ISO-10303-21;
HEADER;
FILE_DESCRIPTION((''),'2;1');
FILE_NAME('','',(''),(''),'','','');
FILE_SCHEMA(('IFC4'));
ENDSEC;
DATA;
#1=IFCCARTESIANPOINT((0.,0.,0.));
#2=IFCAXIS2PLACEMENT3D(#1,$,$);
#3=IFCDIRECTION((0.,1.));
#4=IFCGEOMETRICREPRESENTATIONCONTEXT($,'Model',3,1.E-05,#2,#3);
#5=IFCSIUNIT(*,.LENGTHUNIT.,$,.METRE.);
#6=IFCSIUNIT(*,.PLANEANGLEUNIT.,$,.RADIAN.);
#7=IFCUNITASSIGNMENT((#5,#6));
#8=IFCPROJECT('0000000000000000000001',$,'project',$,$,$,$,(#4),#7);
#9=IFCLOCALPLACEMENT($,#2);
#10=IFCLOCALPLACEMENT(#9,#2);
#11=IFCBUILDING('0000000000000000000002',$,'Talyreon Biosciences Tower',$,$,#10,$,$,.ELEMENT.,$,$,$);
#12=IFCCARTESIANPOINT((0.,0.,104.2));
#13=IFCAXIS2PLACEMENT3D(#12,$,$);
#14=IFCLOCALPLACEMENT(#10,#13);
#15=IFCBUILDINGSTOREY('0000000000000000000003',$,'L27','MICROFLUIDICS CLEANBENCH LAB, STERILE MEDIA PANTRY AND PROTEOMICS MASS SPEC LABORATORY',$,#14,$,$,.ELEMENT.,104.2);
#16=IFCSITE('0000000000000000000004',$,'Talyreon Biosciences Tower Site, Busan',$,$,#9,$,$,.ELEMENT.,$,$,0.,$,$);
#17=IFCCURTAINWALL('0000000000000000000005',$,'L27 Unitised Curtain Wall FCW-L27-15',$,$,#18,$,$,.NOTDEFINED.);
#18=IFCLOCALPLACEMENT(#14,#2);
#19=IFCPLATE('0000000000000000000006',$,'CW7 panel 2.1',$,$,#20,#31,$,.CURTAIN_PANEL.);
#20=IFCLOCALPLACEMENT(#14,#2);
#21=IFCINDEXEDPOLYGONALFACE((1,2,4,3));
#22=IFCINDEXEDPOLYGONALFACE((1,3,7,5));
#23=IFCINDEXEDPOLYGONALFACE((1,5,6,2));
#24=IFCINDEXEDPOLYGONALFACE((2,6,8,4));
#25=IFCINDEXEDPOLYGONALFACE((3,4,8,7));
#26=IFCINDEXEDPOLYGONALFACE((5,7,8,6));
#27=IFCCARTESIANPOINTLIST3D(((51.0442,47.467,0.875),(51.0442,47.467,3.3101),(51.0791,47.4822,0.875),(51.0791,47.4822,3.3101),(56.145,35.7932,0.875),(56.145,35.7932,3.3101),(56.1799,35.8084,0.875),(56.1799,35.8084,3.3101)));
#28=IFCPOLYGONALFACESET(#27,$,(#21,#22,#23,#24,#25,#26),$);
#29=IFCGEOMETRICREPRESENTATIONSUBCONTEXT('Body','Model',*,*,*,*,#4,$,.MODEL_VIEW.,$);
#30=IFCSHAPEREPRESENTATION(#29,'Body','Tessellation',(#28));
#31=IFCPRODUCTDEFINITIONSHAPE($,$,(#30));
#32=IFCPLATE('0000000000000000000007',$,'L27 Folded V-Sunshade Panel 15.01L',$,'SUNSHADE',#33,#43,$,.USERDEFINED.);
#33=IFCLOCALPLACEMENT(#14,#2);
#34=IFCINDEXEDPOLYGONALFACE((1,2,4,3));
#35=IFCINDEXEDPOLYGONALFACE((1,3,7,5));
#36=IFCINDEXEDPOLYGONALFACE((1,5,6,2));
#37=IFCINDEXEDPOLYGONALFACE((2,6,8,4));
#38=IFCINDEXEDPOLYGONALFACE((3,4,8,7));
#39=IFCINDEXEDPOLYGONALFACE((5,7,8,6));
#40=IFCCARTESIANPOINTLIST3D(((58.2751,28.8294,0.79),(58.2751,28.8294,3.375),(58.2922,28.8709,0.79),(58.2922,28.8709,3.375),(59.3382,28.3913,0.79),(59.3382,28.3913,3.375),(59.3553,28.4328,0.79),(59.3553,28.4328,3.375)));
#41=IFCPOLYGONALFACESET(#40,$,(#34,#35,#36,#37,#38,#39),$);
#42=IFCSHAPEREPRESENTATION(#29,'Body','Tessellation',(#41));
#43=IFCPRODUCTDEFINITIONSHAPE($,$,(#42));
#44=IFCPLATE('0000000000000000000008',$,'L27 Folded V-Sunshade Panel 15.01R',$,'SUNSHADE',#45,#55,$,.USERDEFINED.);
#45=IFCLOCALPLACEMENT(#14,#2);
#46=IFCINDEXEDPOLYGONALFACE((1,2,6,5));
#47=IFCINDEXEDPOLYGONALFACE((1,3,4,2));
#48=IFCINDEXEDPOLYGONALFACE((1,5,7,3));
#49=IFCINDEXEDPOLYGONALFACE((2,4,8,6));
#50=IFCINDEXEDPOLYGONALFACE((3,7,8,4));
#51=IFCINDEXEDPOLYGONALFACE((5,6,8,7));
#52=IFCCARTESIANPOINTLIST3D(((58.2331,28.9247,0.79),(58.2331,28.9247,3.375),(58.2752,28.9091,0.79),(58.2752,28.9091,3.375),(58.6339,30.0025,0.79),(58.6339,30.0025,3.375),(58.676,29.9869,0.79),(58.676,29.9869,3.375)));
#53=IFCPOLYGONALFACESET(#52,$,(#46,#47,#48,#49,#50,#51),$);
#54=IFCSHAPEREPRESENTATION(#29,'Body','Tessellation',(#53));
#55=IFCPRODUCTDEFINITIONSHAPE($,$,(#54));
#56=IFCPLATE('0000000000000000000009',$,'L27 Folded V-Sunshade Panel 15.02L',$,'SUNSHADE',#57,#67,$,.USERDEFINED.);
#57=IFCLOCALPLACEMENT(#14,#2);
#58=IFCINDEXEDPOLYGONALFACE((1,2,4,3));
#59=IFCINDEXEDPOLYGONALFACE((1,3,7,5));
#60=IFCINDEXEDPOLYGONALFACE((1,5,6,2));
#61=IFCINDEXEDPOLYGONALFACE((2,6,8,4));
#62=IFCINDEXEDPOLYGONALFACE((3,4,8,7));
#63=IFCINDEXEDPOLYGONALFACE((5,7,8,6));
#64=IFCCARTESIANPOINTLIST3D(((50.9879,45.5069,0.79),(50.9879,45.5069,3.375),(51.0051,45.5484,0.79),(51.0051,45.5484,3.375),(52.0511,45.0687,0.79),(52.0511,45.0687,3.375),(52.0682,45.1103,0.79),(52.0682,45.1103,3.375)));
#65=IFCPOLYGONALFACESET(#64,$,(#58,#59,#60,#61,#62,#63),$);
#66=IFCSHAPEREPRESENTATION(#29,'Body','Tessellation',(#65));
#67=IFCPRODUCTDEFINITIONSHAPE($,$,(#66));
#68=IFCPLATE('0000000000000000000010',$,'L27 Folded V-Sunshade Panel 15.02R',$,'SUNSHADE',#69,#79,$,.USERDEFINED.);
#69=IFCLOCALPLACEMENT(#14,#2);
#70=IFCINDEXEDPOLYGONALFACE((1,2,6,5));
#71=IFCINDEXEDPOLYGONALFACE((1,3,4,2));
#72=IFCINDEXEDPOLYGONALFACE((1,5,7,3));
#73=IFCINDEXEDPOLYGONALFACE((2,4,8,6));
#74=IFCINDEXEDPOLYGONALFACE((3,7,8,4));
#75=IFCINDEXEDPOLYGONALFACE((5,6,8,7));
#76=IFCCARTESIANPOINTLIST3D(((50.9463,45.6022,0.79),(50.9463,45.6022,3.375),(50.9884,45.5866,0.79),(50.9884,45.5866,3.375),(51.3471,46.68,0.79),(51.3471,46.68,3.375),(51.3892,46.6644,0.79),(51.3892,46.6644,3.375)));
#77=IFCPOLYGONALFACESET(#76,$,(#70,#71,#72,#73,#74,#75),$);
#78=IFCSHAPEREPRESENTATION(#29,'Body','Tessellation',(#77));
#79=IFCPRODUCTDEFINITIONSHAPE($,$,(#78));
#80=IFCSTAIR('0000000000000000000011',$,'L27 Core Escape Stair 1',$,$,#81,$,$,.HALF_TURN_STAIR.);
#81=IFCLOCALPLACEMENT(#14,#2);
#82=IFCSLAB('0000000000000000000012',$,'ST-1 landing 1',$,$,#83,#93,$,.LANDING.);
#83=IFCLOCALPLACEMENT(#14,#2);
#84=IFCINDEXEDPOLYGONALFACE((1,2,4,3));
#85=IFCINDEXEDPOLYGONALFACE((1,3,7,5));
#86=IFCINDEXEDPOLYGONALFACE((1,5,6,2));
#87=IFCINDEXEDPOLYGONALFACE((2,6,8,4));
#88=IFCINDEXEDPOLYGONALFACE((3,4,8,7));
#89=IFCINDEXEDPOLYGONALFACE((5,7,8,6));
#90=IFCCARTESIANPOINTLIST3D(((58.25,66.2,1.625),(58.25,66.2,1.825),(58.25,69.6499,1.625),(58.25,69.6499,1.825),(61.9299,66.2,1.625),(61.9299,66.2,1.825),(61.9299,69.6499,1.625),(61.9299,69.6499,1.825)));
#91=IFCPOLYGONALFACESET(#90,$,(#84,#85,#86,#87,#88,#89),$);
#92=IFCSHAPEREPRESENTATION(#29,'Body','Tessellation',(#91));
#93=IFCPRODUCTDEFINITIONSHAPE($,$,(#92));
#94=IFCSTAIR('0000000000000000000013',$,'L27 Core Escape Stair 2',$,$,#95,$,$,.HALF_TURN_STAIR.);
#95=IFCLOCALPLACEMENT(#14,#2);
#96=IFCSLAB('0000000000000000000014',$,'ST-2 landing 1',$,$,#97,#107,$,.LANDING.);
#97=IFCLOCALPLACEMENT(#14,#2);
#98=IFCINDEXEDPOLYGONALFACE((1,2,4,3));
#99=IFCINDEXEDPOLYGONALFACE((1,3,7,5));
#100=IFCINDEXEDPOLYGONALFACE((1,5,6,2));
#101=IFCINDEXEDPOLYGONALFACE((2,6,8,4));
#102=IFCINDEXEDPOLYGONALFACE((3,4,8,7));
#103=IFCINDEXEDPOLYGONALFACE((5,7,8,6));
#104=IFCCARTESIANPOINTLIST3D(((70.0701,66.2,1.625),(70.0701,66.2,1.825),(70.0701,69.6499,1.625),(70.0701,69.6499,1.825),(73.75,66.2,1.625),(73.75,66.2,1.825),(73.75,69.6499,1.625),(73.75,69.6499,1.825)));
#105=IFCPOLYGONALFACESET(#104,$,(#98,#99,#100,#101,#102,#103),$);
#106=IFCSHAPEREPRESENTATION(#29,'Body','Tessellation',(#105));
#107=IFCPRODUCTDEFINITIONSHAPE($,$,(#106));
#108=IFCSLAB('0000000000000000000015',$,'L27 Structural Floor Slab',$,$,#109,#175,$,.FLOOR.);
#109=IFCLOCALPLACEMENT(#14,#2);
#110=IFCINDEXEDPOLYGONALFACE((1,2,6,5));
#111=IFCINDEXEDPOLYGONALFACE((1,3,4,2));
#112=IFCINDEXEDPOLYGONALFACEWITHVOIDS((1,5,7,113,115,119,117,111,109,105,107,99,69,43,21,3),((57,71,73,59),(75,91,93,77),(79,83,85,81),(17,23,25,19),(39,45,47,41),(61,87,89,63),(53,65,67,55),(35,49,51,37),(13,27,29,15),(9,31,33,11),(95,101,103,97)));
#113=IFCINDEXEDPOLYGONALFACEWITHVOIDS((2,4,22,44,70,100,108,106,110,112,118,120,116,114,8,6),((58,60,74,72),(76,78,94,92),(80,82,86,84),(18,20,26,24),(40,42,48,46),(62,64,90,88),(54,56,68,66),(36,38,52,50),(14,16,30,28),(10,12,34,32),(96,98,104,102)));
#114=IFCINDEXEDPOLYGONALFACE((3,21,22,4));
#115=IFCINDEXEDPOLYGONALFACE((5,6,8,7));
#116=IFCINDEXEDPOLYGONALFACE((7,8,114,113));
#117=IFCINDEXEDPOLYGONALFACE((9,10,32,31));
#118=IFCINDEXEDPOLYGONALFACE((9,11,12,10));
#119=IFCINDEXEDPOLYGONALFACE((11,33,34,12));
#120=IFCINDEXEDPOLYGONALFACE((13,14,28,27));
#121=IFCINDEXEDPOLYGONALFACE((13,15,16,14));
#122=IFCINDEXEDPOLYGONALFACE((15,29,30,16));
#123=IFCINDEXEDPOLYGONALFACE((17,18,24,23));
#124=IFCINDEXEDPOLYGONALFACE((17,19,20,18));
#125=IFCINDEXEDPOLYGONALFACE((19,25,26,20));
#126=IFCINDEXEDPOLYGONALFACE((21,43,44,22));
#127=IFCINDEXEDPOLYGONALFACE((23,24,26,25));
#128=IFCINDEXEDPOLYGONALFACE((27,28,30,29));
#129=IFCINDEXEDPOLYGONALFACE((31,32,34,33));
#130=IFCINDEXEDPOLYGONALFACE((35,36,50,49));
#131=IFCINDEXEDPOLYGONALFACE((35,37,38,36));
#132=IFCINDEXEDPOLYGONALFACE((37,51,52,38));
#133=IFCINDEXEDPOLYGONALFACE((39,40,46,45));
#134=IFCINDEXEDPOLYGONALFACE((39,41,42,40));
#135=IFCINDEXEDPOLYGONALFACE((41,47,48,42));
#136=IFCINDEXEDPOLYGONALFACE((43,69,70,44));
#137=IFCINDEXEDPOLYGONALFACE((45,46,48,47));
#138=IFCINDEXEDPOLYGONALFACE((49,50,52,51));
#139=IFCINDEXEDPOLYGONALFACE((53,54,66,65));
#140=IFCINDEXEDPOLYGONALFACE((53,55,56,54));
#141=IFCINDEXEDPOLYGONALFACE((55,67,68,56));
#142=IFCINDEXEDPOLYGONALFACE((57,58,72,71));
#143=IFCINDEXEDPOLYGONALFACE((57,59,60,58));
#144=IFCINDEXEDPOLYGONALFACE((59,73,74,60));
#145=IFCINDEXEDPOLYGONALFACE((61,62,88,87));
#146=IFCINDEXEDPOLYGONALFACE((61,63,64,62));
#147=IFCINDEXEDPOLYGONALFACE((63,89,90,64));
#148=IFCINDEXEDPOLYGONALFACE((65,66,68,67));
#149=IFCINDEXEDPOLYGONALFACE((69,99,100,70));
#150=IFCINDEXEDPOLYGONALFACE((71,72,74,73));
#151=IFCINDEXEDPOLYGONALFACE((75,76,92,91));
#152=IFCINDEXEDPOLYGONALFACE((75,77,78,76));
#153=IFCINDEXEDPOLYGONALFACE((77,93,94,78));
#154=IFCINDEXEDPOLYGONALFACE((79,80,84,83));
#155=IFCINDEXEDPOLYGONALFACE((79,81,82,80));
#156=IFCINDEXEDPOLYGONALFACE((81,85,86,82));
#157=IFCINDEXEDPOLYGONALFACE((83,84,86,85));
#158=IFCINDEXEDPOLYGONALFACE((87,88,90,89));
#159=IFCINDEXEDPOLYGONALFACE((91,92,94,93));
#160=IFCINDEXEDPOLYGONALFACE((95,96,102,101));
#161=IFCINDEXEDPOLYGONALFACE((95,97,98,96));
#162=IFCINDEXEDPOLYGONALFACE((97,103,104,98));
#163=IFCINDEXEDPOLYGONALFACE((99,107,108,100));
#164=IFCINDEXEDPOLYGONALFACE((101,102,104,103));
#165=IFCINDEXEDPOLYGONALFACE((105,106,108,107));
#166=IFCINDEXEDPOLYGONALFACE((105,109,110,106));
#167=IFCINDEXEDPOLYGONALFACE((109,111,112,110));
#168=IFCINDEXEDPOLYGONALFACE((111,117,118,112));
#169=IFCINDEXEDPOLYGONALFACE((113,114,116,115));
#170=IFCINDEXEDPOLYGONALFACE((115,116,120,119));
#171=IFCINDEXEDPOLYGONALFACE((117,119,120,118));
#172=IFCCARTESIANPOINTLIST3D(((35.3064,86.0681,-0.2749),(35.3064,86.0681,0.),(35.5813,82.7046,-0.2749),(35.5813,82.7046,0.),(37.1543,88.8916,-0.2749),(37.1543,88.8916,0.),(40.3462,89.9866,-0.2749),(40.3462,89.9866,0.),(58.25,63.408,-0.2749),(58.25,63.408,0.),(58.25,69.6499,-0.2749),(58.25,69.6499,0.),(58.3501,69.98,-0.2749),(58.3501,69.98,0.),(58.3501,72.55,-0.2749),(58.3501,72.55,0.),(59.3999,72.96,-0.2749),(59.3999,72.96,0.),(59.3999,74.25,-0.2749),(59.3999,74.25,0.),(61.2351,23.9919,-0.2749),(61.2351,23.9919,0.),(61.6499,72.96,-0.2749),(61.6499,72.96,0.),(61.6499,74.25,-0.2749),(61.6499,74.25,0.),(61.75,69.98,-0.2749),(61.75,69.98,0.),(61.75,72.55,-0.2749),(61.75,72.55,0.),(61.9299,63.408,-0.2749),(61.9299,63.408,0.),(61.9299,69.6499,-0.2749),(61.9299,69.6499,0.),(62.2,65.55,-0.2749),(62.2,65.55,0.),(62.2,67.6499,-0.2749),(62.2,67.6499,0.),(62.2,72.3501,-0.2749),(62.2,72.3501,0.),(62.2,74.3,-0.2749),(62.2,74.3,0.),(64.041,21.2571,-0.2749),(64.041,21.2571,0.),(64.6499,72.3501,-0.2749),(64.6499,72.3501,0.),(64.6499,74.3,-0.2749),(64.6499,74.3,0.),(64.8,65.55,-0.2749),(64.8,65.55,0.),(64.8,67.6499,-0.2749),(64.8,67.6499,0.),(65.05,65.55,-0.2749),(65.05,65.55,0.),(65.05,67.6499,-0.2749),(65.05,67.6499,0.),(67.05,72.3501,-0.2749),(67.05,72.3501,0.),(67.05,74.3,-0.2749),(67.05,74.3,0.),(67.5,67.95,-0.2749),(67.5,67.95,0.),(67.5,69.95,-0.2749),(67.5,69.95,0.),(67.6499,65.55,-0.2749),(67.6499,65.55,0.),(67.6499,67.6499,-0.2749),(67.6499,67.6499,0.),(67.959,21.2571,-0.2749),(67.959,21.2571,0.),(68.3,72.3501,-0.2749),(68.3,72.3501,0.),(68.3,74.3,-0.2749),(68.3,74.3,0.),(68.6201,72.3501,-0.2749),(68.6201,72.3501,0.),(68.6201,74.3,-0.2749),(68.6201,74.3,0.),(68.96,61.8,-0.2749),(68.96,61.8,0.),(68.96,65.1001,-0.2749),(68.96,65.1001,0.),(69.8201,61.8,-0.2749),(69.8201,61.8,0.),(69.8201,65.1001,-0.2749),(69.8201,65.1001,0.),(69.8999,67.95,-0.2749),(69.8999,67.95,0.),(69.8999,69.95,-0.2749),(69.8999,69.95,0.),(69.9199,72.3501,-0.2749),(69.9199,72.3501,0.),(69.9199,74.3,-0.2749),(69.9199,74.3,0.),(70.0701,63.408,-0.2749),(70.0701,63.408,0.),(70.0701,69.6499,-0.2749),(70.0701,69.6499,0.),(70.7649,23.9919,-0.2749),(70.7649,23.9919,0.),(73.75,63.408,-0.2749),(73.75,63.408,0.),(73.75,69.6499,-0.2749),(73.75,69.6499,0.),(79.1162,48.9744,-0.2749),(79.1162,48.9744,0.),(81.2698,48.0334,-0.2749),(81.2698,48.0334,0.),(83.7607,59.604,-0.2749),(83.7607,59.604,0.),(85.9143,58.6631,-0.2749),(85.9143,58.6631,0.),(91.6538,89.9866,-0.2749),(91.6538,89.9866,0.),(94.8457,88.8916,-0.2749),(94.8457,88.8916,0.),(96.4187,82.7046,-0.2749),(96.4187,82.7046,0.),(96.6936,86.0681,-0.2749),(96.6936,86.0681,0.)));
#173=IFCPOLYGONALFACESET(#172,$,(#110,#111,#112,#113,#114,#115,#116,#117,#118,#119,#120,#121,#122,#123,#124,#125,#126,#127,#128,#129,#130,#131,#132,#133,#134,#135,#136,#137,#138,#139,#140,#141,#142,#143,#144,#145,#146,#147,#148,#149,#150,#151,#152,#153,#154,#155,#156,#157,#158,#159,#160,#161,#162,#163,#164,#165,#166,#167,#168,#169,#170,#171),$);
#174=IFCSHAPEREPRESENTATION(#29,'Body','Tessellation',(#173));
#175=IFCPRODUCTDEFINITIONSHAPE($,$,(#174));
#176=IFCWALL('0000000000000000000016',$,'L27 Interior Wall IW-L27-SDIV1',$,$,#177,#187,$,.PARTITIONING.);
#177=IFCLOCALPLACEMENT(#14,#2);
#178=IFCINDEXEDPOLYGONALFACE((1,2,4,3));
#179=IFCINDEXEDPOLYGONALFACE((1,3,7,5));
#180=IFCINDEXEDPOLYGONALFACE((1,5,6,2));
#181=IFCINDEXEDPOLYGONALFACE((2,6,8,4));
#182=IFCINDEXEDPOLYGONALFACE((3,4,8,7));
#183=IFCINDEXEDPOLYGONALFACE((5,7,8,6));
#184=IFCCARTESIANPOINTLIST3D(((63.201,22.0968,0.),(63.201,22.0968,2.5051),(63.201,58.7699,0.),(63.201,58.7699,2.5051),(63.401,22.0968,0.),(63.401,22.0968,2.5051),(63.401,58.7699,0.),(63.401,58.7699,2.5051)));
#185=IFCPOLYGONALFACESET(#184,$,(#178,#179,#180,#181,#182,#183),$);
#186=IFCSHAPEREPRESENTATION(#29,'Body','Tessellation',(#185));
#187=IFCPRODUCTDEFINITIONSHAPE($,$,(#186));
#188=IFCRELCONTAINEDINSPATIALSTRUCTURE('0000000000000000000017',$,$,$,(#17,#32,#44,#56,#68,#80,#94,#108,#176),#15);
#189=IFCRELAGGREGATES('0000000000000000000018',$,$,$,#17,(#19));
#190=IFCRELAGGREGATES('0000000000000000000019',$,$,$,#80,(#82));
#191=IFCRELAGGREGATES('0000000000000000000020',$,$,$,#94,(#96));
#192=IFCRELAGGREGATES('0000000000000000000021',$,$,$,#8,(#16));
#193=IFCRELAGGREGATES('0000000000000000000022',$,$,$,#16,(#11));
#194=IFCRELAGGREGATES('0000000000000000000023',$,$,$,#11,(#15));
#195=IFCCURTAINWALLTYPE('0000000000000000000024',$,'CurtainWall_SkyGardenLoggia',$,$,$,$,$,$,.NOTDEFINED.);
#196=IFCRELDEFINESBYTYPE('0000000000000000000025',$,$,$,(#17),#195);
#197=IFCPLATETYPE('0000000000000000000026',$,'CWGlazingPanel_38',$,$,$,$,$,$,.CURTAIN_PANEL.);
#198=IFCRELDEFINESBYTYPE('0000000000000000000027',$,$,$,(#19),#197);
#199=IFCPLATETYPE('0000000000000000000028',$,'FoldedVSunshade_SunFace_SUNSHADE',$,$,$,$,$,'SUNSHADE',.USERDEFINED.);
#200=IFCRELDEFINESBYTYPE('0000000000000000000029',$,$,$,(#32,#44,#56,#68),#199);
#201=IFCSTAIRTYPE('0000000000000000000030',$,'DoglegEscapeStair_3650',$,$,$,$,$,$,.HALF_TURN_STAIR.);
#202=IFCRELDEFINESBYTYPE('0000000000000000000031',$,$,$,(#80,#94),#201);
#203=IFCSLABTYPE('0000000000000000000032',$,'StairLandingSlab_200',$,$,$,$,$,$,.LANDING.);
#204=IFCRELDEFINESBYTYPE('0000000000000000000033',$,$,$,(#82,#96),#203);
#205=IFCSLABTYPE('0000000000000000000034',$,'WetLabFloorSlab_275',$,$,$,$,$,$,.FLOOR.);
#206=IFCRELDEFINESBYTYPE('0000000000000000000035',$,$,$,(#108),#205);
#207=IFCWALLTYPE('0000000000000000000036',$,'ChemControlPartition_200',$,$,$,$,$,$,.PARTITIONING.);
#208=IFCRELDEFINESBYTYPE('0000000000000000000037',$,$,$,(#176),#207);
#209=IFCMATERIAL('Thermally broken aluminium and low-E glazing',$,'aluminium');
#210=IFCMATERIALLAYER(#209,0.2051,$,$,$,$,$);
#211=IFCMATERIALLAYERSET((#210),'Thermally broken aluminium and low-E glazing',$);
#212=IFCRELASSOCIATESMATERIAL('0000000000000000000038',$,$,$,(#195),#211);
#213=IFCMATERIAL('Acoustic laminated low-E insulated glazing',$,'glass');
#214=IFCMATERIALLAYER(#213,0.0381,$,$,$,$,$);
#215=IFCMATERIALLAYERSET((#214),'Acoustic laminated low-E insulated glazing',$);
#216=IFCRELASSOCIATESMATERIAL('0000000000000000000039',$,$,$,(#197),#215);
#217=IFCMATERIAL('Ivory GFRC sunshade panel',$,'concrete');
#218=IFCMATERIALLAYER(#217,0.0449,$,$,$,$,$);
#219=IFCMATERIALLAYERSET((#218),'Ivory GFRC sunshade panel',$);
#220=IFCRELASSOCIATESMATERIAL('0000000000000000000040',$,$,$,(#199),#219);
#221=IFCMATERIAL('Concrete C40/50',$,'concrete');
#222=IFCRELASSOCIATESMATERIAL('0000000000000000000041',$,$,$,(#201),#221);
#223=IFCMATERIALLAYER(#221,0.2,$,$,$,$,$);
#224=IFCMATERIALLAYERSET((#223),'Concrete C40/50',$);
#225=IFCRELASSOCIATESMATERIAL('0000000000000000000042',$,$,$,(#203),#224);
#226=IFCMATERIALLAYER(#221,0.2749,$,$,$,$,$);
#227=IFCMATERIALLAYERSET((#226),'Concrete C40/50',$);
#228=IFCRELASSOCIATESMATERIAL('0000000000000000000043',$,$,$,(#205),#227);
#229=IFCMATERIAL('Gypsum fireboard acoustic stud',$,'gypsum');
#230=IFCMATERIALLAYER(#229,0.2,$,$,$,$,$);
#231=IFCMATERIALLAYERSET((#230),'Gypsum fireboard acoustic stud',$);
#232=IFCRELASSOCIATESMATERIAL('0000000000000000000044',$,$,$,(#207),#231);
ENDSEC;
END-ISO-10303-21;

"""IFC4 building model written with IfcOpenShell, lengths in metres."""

from ifc_helpers import new_model, si_unit, direction, frame, frame_2d, origin, origin_2d, place, context, subcontext, project, spatial, polyline, rectangle, outline, extrude, material, layer, layer_set, type_object, element, aggregate, save


model = new_model("IFC4")

# Units and contexts
model_context = context("Model", 3, precision=1e-05, world=origin(), true_north=direction((0.0, 1.0)))
body_context = subcontext(model_context, "Body", "Model", "MODEL_VIEW")
ifc_project = project(units=[si_unit("LENGTHUNIT", "METRE"), si_unit("PLANEANGLEUNIT", "RADIAN")], contexts=[model_context])

# Site, building, storey
site_placement = place(None, origin())
site = spatial("IfcSite", under=ifc_project, at=site_placement, Name="Talyreon Biosciences Tower Site, Busan", CompositionType="ELEMENT", RefElevation=0.0)
building_placement = place(site_placement, origin())
building = spatial("IfcBuilding", under=site, at=building_placement, Name="Talyreon Biosciences Tower", CompositionType="ELEMENT")
storey_placement = place(building_placement, frame((0.0, 0.0, 104.2)))
storey = spatial("IfcBuildingStorey", under=building, at=storey_placement, Name="L27", Description="MICROFLUIDICS CLEANBENCH LAB, STERILE MEDIA PANTRY AND PROTEOMICS MASS SPEC LABORATORY", CompositionType="ELEMENT", Elevation=104.2)

# Curtain wall
ifc_material_1 = material(Name="Thermally broken aluminium and low-E glazing", Category="aluminium")
ifc_layer_1 = layer(ifc_material_1, 0.2051)
ifc_layer_set_1 = layer_set([ifc_layer_1], Name="Thermally broken aluminium and low-E glazing")
curtain_wall_type = type_object("IfcCurtainWallType", Name="CurtainWall_SkyGardenLoggia", PredefinedType="NOTDEFINED", material=ifc_layer_set_1)
curtain_wall_placement = place(storey_placement, origin())
curtain_wall = element("IfcCurtainWall", 1, at=curtain_wall_placement, inside=storey, type_object=curtain_wall_type, Name="L27 Unitised Curtain Wall FCW-L27-15", PredefinedType="NOTDEFINED")

# Plate
ifc_material_2 = material(Name="Acoustic laminated low-E insulated glazing", Category="glass")
ifc_layer_2 = layer(ifc_material_2, 0.0381)
ifc_layer_set_2 = layer_set([ifc_layer_2], Name="Acoustic laminated low-E insulated glazing")
plate_type_1 = type_object("IfcPlateType", Name="CWGlazingPanel_38", PredefinedType="CURTAIN_PANEL", material=ifc_layer_set_2)
plate_1_placement = place(storey_placement, frame((53.6121, 41.6377, 0.875), z_axis=(0.0, 0.0, 1.0), x_axis=(-0.400387, 0.916346, 0.0)))
plate_1 = element("IfcPlate", 2, at=plate_1_placement, type_object=plate_type_1, Name="CW7 panel 2.1", PredefinedType="CURTAIN_PANEL", context=body_context, shape_type="SweptSolid", body=[
    extrude(rectangle(XDim=12.7395, YDim=0.0381, at=origin_2d()), origin(), (0.0, 0.0, 1.0), 2.4351),
])
aggregate(curtain_wall, [plate_1])

# Plates
ifc_material_3 = material(Name="Ivory GFRC sunshade panel", Category="concrete")
ifc_layer_3 = layer(ifc_material_3, 0.0449)
ifc_layer_set_3 = layer_set([ifc_layer_3], Name="Ivory GFRC sunshade panel")
plate_type_2 = type_object("IfcPlateType", Name="FoldedVSunshade_SunFace_SUNSHADE", ElementType="SUNSHADE", PredefinedType="USERDEFINED", material=ifc_layer_set_3)
for number, where, z_axis, x_axis, name in (
    (3, (58.8152, 28.6311, 0.79), (0.0, 0.0, 1.0), (-0.924559, 0.381038, 0.0), "L27 Folded V-Sunshade Panel 15.01L"),
    (4, (58.4546, 29.4558, 0.79), (0.0, 0.0, 1.0), (0.348539, 0.937294, 0.0), "L27 Folded V-Sunshade Panel 15.01R"),
    (5, (51.5281, 45.3086, 0.79), (0.0, 0.0, 1.0), (-0.924559, 0.381038, 0.0), "L27 Folded V-Sunshade Panel 15.02L"),
    (6, (51.1677, 46.1333, 0.79), (0.0, 0.0, 1.0), (0.348539, 0.937294, 0.0), "L27 Folded V-Sunshade Panel 15.02R"),
):
    element("IfcPlate", number, at=place(storey_placement, frame(where, z_axis=z_axis, x_axis=x_axis)), inside=storey, type_object=plate_type_2, Name=name, ObjectType="SUNSHADE", PredefinedType="USERDEFINED", context=body_context, shape_type="SweptSolid", body=[
        extrude(rectangle(XDim=1.1499, YDim=0.0449, at=origin_2d()), origin(), (0.0, 0.0, 1.0), 2.585),
    ])

# Stairs, slabs
ifc_material_4 = material(Name="Concrete C40/50", Category="concrete")
stair_type = type_object("IfcStairType", Name="DoglegEscapeStair_3650", PredefinedType="HALF_TURN_STAIR", material=ifc_material_4)
stair_1_placement = place(storey_placement, origin())
stair_1 = element("IfcStair", 7, at=stair_1_placement, inside=storey, type_object=stair_type, Name="L27 Core Escape Stair 1", PredefinedType="HALF_TURN_STAIR")
ifc_layer_4 = layer(ifc_material_4, 0.2)
ifc_layer_set_4 = layer_set([ifc_layer_4], Name="Concrete C40/50")
slab_type_1 = type_object("IfcSlabType", Name="StairLandingSlab_200", PredefinedType="LANDING", material=ifc_layer_set_4)
slab_1_placement = place(storey_placement, frame((0.0, 0.0, 1.625)))
slab_1 = element("IfcSlab", 8, at=slab_1_placement, type_object=slab_type_1, Name="ST-1 landing 1", PredefinedType="LANDING", context=body_context, shape_type="SweptSolid", body=[
    extrude(outline(polyline([(61.9299, 66.2), (61.9299, 69.6499), (58.25, 69.6499), (58.25, 66.2), (61.9299, 66.2)])), origin(), (0.0, 0.0, 1.0), 0.2),
])
aggregate(stair_1, [slab_1])
stair_2_placement = place(storey_placement, origin())
stair_2 = element("IfcStair", 9, at=stair_2_placement, inside=storey, type_object=stair_type, Name="L27 Core Escape Stair 2", PredefinedType="HALF_TURN_STAIR")
slab_2_placement = place(storey_placement, frame((0.0, 0.0, 1.625)))
slab_2 = element("IfcSlab", 10, at=slab_2_placement, type_object=slab_type_1, Name="ST-2 landing 1", PredefinedType="LANDING", context=body_context, shape_type="SweptSolid", body=[
    extrude(outline(polyline([(73.75, 66.2), (73.75, 69.6499), (70.0701, 69.6499), (70.0701, 66.2), (73.75, 66.2)])), origin(), (0.0, 0.0, 1.0), 0.2),
])
aggregate(stair_2, [slab_2])

# Slab
ifc_layer_5 = layer(ifc_material_4, 0.2749)
ifc_layer_set_5 = layer_set([ifc_layer_5], Name="Concrete C40/50")
slab_type_2 = type_object("IfcSlabType", Name="WetLabFloorSlab_275", PredefinedType="FLOOR", material=ifc_layer_set_5)
slab_3_placement = place(storey_placement, frame((0.0, 0.0, -0.2749)))
element("IfcSlab", 11, at=slab_3_placement, inside=storey, type_object=slab_type_2, Name="L27 Structural Floor Slab", PredefinedType="FLOOR", context=body_context, shape_type="SweptSolid", body=[
    extrude(outline(polyline([(35.5813, 82.7046), (35.3064, 86.0681), (37.1543, 88.8916), (40.3462, 89.9866), (91.6538, 89.9866), (94.8457, 88.8916), (96.6936, 86.0681), (96.4187, 82.7046), (85.9143, 58.6631), (83.7607, 59.604), (79.1162, 48.9744), (81.2698, 48.0334), (70.7649, 23.9919), (67.959, 21.2571), (64.041, 21.2571), (61.2351, 23.9919), (35.5813, 82.7046)]), holes=[polyline([(61.9299, 69.6499), (61.9299, 63.408), (58.25, 63.408), (58.25, 69.6499), (61.9299, 69.6499)]), polyline([(64.8, 67.6499), (64.8, 65.55), (62.2, 65.55), (62.2, 67.6499), (64.8, 67.6499)]), polyline([(67.6499, 67.6499), (67.6499, 65.55), (65.05, 65.55), (65.05, 67.6499), (67.6499, 67.6499)]), polyline([(61.75, 69.98), (58.3501, 69.98), (58.3501, 72.55), (61.75, 72.55), (61.75, 69.98)]), polyline([(64.6499, 72.3501), (62.2, 72.3501), (62.2, 74.3), (64.6499, 74.3), (64.6499, 72.3501)]), polyline([(61.6499, 74.25), (61.6499, 72.96), (59.3999, 72.96), (59.3999, 74.25), (61.6499, 74.25)]), polyline([(69.8201, 61.8), (68.96, 61.8), (68.96, 65.1001), (69.8201, 65.1001), (69.8201, 61.8)]), polyline([(73.75, 63.408), (70.0701, 63.408), (70.0701, 69.6499), (73.75, 69.6499), (73.75, 63.408)]), polyline([(69.8999, 69.95), (69.8999, 67.95), (67.5, 67.95), (67.5, 69.95), (69.8999, 69.95)]), polyline([(68.3, 72.3501), (67.05, 72.3501), (67.05, 74.3), (68.3, 74.3), (68.3, 72.3501)]), polyline([(69.9199, 72.3501), (68.6201, 72.3501), (68.6201, 74.3), (69.9199, 74.3), (69.9199, 72.3501)])]), origin(), (0.0, 0.0, 1.0), 0.2749),
])

# Wall
ifc_material_5 = material(Name="Gypsum fireboard acoustic stud", Category="gypsum")
ifc_layer_6 = layer(ifc_material_5, 0.2)
ifc_layer_set_6 = layer_set([ifc_layer_6], Name="Gypsum fireboard acoustic stud")
wall_type_1 = type_object("IfcWallType", Name="ChemControlPartition_200", PredefinedType="PARTITIONING", material=ifc_layer_set_6)
wall_1_placement = place(storey_placement, frame((63.301, 22.0969, 0.0), z_axis=(0.0, 0.0, 1.0), x_axis=(0.0, 1.0, 0.0)))
element("IfcWall", 12, at=wall_1_placement, inside=storey, type_object=wall_type_1, Name="L27 Interior Wall IW-L27-SDIV1", PredefinedType="PARTITIONING", context=body_context, shape_type="SweptSolid", body=[
    extrude(rectangle(XDim=36.6731, YDim=0.2, at=frame_2d((18.3364, 0.0))), origin(), (0.0, 0.0, 1.0), 2.5051),
])

save(model, "model.ifc")
